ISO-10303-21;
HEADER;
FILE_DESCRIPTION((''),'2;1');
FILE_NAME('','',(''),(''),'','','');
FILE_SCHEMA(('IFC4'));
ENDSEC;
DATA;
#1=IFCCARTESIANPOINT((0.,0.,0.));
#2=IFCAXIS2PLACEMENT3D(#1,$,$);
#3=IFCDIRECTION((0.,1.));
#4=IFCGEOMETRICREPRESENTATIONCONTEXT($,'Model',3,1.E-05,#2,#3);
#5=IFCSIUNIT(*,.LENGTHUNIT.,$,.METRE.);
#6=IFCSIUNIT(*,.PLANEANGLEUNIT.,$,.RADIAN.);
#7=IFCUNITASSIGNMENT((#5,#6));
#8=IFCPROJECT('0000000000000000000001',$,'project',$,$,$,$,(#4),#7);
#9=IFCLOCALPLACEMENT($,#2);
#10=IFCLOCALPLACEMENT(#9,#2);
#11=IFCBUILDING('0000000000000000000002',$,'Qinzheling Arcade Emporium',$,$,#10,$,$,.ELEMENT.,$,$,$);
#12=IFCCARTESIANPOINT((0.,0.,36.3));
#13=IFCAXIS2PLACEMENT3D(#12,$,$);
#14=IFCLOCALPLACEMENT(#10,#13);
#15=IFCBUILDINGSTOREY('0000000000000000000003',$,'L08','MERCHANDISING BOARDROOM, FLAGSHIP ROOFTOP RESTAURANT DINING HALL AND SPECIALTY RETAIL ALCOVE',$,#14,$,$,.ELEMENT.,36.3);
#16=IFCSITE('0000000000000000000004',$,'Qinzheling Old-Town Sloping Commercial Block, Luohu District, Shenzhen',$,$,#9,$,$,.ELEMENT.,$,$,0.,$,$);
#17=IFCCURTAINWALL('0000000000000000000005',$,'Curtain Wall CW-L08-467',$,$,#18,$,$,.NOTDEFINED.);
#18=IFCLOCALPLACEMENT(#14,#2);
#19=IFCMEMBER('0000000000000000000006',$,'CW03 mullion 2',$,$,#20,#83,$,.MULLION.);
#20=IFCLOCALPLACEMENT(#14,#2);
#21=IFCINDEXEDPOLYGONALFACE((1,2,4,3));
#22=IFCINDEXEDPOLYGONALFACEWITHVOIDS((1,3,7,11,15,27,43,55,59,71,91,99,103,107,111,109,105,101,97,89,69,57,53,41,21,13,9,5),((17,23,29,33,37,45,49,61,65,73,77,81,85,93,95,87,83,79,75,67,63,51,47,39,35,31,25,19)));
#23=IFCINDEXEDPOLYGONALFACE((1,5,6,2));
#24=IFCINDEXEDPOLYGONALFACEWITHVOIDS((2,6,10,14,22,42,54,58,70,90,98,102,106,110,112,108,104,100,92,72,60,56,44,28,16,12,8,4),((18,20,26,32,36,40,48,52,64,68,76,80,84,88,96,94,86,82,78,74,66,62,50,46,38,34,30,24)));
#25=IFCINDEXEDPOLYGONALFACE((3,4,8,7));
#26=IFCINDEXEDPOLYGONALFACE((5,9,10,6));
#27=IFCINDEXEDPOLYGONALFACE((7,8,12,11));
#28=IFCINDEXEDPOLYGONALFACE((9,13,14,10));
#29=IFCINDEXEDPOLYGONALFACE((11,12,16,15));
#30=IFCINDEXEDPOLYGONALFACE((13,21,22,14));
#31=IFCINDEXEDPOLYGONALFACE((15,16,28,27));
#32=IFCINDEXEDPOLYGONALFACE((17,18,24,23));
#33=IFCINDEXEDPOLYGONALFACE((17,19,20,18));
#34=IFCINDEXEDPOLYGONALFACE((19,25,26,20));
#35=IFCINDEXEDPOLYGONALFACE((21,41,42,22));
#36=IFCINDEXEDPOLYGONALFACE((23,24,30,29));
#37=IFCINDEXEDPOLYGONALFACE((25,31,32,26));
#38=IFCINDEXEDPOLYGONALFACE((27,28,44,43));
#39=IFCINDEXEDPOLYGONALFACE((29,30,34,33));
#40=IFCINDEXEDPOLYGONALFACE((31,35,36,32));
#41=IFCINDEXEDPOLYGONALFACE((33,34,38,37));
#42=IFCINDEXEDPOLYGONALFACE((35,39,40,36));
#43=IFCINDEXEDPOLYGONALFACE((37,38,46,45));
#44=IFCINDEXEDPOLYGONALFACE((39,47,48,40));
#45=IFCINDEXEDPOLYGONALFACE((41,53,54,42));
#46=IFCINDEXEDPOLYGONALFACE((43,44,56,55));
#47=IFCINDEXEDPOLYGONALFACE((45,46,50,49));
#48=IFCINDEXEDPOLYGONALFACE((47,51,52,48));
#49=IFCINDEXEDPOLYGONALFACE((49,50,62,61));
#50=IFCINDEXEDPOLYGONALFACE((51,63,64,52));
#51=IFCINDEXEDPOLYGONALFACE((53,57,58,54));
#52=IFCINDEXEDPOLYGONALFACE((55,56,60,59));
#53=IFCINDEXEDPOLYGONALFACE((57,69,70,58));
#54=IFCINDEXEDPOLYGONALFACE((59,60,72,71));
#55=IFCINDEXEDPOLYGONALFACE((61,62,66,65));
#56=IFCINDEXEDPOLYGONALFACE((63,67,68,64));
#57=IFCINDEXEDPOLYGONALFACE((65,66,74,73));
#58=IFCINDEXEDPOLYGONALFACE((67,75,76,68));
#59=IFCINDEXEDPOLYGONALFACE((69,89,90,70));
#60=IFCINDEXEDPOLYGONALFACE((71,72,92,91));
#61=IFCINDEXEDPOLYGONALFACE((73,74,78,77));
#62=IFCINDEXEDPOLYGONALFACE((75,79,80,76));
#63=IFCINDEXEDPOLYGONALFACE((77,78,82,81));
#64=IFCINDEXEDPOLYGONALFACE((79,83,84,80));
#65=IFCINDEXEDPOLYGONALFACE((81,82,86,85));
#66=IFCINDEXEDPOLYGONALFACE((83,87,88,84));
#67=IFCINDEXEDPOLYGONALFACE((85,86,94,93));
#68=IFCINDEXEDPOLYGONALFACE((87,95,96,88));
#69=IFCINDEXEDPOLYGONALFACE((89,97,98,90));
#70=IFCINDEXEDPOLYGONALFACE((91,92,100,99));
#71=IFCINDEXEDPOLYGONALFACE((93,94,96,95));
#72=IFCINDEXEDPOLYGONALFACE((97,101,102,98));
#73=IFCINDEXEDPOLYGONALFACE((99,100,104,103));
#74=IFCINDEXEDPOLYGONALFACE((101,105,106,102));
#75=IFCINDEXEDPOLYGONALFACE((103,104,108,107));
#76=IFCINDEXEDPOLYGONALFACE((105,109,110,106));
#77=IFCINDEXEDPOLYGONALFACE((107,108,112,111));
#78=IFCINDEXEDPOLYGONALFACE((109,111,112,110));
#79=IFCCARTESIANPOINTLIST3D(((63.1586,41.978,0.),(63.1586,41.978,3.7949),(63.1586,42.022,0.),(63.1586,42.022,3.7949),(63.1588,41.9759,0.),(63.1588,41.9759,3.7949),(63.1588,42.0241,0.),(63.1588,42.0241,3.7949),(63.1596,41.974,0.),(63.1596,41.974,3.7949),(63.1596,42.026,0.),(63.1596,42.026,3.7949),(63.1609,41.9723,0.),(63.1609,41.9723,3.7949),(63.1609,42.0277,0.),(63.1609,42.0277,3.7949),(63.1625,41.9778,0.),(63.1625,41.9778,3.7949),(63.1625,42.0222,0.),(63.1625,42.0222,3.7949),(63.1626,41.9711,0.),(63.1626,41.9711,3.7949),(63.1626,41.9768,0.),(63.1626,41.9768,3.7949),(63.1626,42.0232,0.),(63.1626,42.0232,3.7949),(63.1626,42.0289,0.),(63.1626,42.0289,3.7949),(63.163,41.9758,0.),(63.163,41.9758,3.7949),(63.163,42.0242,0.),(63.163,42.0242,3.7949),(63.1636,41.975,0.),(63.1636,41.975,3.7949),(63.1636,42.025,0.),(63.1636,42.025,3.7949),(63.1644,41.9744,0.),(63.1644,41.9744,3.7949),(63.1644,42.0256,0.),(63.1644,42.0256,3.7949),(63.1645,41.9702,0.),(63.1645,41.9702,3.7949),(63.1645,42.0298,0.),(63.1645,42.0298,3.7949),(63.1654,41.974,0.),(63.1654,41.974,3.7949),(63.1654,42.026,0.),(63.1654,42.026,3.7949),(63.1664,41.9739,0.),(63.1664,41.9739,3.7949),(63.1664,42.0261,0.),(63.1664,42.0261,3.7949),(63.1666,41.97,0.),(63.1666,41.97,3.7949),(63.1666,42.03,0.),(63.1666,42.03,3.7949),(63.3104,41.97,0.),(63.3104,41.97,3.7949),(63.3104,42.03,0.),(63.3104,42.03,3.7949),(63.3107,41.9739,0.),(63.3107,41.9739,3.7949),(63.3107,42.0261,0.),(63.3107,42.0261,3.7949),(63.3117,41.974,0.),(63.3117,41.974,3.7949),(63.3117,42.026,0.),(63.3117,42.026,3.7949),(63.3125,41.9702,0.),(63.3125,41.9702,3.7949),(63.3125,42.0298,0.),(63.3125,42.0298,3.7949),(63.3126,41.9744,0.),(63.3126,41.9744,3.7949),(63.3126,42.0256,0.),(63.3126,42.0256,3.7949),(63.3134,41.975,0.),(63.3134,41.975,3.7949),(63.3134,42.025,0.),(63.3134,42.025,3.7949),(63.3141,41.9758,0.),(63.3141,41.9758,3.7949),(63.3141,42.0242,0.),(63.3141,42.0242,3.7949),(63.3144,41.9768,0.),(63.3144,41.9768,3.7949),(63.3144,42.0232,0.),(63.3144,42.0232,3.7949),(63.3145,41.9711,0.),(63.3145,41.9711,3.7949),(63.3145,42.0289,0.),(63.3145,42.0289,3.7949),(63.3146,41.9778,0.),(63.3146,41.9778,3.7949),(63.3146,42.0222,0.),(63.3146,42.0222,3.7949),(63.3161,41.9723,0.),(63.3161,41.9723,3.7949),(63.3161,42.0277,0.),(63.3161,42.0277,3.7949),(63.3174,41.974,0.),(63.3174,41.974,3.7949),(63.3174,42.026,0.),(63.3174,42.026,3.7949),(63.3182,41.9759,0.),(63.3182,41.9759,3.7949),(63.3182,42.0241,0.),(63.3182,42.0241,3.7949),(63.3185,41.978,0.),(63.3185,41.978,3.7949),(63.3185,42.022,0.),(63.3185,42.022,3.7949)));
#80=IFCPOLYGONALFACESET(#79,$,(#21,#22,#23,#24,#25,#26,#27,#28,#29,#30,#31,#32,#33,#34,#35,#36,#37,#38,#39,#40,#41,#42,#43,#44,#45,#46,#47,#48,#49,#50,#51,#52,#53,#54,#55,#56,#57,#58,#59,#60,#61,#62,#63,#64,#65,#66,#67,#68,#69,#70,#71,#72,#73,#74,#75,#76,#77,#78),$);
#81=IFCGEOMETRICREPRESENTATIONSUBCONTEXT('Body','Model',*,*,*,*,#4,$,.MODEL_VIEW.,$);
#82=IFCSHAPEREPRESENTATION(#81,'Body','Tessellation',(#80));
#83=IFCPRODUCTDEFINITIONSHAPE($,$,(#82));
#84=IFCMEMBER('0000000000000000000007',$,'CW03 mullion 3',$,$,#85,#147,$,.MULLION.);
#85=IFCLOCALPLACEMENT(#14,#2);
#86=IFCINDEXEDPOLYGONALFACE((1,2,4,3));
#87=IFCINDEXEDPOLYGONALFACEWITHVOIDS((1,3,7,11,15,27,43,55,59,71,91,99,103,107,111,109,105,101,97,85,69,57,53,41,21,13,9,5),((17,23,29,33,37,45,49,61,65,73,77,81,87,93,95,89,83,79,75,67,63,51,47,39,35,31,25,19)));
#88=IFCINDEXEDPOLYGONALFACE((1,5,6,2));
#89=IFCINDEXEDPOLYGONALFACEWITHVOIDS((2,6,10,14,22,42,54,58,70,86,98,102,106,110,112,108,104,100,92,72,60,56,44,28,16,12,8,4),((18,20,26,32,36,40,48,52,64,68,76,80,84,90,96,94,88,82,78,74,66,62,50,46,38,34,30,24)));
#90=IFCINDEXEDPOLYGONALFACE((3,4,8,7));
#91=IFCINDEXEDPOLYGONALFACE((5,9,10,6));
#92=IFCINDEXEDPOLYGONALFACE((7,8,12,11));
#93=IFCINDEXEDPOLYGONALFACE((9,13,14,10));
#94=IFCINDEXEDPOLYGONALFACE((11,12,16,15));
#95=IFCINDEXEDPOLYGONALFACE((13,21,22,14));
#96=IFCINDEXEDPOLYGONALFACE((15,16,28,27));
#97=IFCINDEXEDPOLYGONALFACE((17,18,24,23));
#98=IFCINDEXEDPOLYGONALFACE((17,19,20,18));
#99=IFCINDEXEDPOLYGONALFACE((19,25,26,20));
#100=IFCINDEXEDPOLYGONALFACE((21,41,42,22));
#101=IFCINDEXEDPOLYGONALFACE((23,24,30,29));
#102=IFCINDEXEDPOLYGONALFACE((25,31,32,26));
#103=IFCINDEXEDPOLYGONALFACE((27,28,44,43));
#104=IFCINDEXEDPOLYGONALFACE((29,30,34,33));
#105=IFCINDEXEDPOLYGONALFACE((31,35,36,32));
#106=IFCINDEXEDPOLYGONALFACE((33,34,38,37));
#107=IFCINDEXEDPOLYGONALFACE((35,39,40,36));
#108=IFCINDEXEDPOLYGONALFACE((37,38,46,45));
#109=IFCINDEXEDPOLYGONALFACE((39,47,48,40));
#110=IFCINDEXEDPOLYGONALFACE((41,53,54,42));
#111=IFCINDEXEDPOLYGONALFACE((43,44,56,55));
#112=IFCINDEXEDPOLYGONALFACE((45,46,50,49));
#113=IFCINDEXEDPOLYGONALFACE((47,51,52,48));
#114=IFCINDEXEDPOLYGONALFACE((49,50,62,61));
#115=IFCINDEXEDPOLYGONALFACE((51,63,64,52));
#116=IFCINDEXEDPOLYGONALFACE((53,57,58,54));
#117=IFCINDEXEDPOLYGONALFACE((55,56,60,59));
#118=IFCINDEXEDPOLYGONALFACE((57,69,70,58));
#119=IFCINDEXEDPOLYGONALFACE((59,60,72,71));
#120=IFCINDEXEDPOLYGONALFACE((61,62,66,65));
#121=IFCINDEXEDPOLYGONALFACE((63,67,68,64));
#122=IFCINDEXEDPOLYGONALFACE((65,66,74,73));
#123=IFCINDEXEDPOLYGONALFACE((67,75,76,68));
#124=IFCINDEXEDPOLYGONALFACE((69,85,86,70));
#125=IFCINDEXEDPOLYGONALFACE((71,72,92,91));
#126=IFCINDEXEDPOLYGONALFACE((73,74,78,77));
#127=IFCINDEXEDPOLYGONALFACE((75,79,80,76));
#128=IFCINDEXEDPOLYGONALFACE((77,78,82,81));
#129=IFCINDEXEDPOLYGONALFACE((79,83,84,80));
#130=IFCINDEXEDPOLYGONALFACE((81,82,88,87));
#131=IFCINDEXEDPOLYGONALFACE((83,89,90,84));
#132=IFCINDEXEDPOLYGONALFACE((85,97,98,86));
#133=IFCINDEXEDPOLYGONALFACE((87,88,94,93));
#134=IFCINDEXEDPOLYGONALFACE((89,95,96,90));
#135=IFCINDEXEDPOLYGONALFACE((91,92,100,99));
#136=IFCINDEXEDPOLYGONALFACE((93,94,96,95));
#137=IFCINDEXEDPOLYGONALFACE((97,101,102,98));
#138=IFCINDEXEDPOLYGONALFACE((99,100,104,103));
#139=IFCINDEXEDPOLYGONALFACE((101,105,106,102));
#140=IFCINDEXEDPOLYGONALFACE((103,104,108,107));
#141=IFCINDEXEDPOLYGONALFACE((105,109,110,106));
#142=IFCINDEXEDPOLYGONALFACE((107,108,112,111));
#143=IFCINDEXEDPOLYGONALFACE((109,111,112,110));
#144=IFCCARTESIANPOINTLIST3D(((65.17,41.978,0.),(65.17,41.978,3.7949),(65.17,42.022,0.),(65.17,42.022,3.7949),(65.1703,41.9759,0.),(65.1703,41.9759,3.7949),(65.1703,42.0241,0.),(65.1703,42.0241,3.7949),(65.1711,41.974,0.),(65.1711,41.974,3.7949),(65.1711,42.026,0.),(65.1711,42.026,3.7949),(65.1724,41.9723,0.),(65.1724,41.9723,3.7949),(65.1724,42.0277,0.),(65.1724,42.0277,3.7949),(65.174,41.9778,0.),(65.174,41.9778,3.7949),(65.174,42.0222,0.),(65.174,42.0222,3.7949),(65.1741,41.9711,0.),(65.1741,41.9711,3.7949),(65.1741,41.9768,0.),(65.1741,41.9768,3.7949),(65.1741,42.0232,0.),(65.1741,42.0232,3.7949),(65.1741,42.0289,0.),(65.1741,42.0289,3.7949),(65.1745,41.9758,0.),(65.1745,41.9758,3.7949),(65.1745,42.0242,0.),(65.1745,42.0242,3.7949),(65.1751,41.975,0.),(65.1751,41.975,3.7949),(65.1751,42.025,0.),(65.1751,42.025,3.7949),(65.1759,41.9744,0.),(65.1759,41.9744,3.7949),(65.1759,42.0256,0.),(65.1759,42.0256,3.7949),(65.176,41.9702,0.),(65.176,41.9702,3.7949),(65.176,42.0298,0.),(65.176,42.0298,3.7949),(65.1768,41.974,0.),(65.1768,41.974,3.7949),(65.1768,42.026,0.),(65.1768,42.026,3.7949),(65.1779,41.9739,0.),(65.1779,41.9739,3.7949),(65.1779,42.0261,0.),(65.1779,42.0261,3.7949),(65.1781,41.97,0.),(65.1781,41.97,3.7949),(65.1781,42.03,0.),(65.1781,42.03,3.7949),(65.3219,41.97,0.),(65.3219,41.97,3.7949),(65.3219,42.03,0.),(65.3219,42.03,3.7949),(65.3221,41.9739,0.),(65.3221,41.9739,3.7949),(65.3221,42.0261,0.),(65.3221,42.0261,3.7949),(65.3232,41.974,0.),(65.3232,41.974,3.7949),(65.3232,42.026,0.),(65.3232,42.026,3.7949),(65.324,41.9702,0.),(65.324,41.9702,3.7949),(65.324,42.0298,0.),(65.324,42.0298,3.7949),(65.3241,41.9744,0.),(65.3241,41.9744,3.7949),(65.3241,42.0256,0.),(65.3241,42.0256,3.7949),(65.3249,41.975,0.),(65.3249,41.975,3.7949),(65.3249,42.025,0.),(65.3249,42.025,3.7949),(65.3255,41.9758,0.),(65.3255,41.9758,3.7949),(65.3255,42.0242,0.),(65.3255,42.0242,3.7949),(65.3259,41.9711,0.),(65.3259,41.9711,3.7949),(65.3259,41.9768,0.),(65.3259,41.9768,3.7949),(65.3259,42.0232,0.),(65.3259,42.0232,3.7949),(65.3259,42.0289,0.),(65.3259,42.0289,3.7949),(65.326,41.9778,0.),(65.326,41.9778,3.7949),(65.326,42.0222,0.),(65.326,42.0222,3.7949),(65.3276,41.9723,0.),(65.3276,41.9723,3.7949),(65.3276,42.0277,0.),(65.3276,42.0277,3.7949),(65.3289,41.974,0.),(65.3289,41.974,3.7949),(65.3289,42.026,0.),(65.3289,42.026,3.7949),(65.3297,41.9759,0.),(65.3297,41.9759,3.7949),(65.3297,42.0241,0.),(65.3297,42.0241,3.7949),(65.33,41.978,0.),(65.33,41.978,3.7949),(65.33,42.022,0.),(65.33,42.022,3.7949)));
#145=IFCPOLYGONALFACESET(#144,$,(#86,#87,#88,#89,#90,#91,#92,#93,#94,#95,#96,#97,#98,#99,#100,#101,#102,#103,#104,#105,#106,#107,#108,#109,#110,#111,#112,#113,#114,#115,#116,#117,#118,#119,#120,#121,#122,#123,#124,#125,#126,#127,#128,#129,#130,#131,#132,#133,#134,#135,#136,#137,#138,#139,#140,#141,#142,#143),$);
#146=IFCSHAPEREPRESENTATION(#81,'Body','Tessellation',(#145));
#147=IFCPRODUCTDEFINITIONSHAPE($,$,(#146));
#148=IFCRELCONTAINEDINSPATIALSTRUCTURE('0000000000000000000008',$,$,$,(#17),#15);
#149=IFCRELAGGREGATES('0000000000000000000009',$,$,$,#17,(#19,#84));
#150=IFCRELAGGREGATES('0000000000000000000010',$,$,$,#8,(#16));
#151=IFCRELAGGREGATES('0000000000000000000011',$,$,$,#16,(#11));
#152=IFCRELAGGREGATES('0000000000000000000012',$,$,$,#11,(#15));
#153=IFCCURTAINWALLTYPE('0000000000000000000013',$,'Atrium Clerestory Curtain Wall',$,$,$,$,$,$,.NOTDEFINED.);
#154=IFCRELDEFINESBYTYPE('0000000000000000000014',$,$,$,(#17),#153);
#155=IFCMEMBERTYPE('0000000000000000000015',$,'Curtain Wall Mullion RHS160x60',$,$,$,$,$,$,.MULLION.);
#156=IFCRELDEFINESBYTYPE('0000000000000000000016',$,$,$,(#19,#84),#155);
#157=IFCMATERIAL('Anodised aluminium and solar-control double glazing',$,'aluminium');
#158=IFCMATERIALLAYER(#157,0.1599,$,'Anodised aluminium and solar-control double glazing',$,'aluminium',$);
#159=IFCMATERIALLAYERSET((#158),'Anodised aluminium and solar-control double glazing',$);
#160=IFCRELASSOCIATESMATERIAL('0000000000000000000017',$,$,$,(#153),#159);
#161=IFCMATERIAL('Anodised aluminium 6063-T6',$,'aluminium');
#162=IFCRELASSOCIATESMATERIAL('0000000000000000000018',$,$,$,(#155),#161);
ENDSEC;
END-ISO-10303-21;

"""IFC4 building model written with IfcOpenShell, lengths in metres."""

from ifc_helpers import new_model, si_unit, direction, frame, origin, origin_2d, place, context, subcontext, project, spatial, hollow_rectangle, extrude, material, layer, layer_set, material_profile, profile_set, type_object, element, aggregate, save


model = new_model("IFC4")

# Units and contexts
model_context = context("Model", 3, precision=1e-05, world=origin(), true_north=direction((0.0, 1.0)))
body_context = subcontext(model_context, "Body", "Model", "MODEL_VIEW")
ifc_project = project(units=[si_unit("LENGTHUNIT", "METRE"), si_unit("PLANEANGLEUNIT", "RADIAN")], contexts=[model_context])

# Site, building, storey
site_placement = place(None, origin())
site = spatial("IfcSite", under=ifc_project, at=site_placement, Name="Qinzheling Old-Town Sloping Commercial Block, Luohu District, Shenzhen", CompositionType="ELEMENT", RefElevation=0.0)
building_placement = place(site_placement, origin())
building = spatial("IfcBuilding", under=site, at=building_placement, Name="Qinzheling Arcade Emporium", CompositionType="ELEMENT")
storey_placement = place(building_placement, frame((0.0, 0.0, 36.3)))
storey = spatial("IfcBuildingStorey", under=building, at=storey_placement, Name="L08", Description="MERCHANDISING BOARDROOM, FLAGSHIP ROOFTOP RESTAURANT DINING HALL AND SPECIALTY RETAIL ALCOVE", CompositionType="ELEMENT", Elevation=36.3)

# Curtain wall, members
ifc_material_1 = material(Name="Anodised aluminium and solar-control double glazing", Category="aluminium")
ifc_layer_1 = layer(ifc_material_1, 0.1599, Name="Anodised aluminium and solar-control double glazing", Category="aluminium")
ifc_layer_set_1 = layer_set([ifc_layer_1], Name="Anodised aluminium and solar-control double glazing")
curtain_wall_type = type_object("IfcCurtainWallType", Name="Atrium Clerestory Curtain Wall", PredefinedType="NOTDEFINED", material=ifc_layer_set_1)
curtain_wall_placement = place(storey_placement, origin())
curtain_wall = element("IfcCurtainWall", 1, at=curtain_wall_placement, inside=storey, type_object=curtain_wall_type, Name="Curtain Wall CW-L08-467", PredefinedType="NOTDEFINED")
ifc_material_2 = material(Name="Anodised aluminium 6063-T6", Category="aluminium")
ifc_material_profile_1 = material_profile(ifc_material_2, hollow_rectangle(XDim=0.0601, YDim=0.1599, WallThickness=0.0039, InnerFilletRadius=0.0039, OuterFilletRadius=0.0081, at=origin_2d()), Name="RHS 160x60x4", Category="aluminium")
ifc_profile_set_1 = profile_set([ifc_material_profile_1], Name="Anodised aluminium 6063-T6")
member_type_1 = type_object("IfcMemberType", Name="Curtain Wall Mullion RHS160x60", PredefinedType="MULLION", material=ifc_profile_set_1)
member_1_placement = place(storey_placement, frame((63.2385, 42.0, 0.0), z_axis=(0.0, 0.0, 1.0), x_axis=(0.0, 1.0, 0.0)))
member_1 = element("IfcMember", 2, at=member_1_placement, type_object=member_type_1, Name="CW03 mullion 2", PredefinedType="MULLION", context=body_context, shape_type="SweptSolid", body=[
    extrude(hollow_rectangle(XDim=0.0601, YDim=0.1599, WallThickness=0.0039, InnerFilletRadius=0.0039, OuterFilletRadius=0.0081, at=origin_2d()), origin(), (0.0, 0.0, 1.0), 3.7949),
])
member_2_placement = place(storey_placement, frame((65.25, 42.0, 0.0), z_axis=(0.0, 0.0, 1.0), x_axis=(0.0, 1.0, 0.0)))
member_2 = element("IfcMember", 3, at=member_2_placement, type_object=member_type_1, Name="CW03 mullion 3", PredefinedType="MULLION", context=body_context, shape_type="SweptSolid", body=[
    extrude(hollow_rectangle(XDim=0.0601, YDim=0.1599, WallThickness=0.0039, InnerFilletRadius=0.0039, OuterFilletRadius=0.0081, at=origin_2d()), origin(), (0.0, 0.0, 1.0), 3.7949),
])
aggregate(curtain_wall, [member_1, member_2])

save(model, "model.ifc")
